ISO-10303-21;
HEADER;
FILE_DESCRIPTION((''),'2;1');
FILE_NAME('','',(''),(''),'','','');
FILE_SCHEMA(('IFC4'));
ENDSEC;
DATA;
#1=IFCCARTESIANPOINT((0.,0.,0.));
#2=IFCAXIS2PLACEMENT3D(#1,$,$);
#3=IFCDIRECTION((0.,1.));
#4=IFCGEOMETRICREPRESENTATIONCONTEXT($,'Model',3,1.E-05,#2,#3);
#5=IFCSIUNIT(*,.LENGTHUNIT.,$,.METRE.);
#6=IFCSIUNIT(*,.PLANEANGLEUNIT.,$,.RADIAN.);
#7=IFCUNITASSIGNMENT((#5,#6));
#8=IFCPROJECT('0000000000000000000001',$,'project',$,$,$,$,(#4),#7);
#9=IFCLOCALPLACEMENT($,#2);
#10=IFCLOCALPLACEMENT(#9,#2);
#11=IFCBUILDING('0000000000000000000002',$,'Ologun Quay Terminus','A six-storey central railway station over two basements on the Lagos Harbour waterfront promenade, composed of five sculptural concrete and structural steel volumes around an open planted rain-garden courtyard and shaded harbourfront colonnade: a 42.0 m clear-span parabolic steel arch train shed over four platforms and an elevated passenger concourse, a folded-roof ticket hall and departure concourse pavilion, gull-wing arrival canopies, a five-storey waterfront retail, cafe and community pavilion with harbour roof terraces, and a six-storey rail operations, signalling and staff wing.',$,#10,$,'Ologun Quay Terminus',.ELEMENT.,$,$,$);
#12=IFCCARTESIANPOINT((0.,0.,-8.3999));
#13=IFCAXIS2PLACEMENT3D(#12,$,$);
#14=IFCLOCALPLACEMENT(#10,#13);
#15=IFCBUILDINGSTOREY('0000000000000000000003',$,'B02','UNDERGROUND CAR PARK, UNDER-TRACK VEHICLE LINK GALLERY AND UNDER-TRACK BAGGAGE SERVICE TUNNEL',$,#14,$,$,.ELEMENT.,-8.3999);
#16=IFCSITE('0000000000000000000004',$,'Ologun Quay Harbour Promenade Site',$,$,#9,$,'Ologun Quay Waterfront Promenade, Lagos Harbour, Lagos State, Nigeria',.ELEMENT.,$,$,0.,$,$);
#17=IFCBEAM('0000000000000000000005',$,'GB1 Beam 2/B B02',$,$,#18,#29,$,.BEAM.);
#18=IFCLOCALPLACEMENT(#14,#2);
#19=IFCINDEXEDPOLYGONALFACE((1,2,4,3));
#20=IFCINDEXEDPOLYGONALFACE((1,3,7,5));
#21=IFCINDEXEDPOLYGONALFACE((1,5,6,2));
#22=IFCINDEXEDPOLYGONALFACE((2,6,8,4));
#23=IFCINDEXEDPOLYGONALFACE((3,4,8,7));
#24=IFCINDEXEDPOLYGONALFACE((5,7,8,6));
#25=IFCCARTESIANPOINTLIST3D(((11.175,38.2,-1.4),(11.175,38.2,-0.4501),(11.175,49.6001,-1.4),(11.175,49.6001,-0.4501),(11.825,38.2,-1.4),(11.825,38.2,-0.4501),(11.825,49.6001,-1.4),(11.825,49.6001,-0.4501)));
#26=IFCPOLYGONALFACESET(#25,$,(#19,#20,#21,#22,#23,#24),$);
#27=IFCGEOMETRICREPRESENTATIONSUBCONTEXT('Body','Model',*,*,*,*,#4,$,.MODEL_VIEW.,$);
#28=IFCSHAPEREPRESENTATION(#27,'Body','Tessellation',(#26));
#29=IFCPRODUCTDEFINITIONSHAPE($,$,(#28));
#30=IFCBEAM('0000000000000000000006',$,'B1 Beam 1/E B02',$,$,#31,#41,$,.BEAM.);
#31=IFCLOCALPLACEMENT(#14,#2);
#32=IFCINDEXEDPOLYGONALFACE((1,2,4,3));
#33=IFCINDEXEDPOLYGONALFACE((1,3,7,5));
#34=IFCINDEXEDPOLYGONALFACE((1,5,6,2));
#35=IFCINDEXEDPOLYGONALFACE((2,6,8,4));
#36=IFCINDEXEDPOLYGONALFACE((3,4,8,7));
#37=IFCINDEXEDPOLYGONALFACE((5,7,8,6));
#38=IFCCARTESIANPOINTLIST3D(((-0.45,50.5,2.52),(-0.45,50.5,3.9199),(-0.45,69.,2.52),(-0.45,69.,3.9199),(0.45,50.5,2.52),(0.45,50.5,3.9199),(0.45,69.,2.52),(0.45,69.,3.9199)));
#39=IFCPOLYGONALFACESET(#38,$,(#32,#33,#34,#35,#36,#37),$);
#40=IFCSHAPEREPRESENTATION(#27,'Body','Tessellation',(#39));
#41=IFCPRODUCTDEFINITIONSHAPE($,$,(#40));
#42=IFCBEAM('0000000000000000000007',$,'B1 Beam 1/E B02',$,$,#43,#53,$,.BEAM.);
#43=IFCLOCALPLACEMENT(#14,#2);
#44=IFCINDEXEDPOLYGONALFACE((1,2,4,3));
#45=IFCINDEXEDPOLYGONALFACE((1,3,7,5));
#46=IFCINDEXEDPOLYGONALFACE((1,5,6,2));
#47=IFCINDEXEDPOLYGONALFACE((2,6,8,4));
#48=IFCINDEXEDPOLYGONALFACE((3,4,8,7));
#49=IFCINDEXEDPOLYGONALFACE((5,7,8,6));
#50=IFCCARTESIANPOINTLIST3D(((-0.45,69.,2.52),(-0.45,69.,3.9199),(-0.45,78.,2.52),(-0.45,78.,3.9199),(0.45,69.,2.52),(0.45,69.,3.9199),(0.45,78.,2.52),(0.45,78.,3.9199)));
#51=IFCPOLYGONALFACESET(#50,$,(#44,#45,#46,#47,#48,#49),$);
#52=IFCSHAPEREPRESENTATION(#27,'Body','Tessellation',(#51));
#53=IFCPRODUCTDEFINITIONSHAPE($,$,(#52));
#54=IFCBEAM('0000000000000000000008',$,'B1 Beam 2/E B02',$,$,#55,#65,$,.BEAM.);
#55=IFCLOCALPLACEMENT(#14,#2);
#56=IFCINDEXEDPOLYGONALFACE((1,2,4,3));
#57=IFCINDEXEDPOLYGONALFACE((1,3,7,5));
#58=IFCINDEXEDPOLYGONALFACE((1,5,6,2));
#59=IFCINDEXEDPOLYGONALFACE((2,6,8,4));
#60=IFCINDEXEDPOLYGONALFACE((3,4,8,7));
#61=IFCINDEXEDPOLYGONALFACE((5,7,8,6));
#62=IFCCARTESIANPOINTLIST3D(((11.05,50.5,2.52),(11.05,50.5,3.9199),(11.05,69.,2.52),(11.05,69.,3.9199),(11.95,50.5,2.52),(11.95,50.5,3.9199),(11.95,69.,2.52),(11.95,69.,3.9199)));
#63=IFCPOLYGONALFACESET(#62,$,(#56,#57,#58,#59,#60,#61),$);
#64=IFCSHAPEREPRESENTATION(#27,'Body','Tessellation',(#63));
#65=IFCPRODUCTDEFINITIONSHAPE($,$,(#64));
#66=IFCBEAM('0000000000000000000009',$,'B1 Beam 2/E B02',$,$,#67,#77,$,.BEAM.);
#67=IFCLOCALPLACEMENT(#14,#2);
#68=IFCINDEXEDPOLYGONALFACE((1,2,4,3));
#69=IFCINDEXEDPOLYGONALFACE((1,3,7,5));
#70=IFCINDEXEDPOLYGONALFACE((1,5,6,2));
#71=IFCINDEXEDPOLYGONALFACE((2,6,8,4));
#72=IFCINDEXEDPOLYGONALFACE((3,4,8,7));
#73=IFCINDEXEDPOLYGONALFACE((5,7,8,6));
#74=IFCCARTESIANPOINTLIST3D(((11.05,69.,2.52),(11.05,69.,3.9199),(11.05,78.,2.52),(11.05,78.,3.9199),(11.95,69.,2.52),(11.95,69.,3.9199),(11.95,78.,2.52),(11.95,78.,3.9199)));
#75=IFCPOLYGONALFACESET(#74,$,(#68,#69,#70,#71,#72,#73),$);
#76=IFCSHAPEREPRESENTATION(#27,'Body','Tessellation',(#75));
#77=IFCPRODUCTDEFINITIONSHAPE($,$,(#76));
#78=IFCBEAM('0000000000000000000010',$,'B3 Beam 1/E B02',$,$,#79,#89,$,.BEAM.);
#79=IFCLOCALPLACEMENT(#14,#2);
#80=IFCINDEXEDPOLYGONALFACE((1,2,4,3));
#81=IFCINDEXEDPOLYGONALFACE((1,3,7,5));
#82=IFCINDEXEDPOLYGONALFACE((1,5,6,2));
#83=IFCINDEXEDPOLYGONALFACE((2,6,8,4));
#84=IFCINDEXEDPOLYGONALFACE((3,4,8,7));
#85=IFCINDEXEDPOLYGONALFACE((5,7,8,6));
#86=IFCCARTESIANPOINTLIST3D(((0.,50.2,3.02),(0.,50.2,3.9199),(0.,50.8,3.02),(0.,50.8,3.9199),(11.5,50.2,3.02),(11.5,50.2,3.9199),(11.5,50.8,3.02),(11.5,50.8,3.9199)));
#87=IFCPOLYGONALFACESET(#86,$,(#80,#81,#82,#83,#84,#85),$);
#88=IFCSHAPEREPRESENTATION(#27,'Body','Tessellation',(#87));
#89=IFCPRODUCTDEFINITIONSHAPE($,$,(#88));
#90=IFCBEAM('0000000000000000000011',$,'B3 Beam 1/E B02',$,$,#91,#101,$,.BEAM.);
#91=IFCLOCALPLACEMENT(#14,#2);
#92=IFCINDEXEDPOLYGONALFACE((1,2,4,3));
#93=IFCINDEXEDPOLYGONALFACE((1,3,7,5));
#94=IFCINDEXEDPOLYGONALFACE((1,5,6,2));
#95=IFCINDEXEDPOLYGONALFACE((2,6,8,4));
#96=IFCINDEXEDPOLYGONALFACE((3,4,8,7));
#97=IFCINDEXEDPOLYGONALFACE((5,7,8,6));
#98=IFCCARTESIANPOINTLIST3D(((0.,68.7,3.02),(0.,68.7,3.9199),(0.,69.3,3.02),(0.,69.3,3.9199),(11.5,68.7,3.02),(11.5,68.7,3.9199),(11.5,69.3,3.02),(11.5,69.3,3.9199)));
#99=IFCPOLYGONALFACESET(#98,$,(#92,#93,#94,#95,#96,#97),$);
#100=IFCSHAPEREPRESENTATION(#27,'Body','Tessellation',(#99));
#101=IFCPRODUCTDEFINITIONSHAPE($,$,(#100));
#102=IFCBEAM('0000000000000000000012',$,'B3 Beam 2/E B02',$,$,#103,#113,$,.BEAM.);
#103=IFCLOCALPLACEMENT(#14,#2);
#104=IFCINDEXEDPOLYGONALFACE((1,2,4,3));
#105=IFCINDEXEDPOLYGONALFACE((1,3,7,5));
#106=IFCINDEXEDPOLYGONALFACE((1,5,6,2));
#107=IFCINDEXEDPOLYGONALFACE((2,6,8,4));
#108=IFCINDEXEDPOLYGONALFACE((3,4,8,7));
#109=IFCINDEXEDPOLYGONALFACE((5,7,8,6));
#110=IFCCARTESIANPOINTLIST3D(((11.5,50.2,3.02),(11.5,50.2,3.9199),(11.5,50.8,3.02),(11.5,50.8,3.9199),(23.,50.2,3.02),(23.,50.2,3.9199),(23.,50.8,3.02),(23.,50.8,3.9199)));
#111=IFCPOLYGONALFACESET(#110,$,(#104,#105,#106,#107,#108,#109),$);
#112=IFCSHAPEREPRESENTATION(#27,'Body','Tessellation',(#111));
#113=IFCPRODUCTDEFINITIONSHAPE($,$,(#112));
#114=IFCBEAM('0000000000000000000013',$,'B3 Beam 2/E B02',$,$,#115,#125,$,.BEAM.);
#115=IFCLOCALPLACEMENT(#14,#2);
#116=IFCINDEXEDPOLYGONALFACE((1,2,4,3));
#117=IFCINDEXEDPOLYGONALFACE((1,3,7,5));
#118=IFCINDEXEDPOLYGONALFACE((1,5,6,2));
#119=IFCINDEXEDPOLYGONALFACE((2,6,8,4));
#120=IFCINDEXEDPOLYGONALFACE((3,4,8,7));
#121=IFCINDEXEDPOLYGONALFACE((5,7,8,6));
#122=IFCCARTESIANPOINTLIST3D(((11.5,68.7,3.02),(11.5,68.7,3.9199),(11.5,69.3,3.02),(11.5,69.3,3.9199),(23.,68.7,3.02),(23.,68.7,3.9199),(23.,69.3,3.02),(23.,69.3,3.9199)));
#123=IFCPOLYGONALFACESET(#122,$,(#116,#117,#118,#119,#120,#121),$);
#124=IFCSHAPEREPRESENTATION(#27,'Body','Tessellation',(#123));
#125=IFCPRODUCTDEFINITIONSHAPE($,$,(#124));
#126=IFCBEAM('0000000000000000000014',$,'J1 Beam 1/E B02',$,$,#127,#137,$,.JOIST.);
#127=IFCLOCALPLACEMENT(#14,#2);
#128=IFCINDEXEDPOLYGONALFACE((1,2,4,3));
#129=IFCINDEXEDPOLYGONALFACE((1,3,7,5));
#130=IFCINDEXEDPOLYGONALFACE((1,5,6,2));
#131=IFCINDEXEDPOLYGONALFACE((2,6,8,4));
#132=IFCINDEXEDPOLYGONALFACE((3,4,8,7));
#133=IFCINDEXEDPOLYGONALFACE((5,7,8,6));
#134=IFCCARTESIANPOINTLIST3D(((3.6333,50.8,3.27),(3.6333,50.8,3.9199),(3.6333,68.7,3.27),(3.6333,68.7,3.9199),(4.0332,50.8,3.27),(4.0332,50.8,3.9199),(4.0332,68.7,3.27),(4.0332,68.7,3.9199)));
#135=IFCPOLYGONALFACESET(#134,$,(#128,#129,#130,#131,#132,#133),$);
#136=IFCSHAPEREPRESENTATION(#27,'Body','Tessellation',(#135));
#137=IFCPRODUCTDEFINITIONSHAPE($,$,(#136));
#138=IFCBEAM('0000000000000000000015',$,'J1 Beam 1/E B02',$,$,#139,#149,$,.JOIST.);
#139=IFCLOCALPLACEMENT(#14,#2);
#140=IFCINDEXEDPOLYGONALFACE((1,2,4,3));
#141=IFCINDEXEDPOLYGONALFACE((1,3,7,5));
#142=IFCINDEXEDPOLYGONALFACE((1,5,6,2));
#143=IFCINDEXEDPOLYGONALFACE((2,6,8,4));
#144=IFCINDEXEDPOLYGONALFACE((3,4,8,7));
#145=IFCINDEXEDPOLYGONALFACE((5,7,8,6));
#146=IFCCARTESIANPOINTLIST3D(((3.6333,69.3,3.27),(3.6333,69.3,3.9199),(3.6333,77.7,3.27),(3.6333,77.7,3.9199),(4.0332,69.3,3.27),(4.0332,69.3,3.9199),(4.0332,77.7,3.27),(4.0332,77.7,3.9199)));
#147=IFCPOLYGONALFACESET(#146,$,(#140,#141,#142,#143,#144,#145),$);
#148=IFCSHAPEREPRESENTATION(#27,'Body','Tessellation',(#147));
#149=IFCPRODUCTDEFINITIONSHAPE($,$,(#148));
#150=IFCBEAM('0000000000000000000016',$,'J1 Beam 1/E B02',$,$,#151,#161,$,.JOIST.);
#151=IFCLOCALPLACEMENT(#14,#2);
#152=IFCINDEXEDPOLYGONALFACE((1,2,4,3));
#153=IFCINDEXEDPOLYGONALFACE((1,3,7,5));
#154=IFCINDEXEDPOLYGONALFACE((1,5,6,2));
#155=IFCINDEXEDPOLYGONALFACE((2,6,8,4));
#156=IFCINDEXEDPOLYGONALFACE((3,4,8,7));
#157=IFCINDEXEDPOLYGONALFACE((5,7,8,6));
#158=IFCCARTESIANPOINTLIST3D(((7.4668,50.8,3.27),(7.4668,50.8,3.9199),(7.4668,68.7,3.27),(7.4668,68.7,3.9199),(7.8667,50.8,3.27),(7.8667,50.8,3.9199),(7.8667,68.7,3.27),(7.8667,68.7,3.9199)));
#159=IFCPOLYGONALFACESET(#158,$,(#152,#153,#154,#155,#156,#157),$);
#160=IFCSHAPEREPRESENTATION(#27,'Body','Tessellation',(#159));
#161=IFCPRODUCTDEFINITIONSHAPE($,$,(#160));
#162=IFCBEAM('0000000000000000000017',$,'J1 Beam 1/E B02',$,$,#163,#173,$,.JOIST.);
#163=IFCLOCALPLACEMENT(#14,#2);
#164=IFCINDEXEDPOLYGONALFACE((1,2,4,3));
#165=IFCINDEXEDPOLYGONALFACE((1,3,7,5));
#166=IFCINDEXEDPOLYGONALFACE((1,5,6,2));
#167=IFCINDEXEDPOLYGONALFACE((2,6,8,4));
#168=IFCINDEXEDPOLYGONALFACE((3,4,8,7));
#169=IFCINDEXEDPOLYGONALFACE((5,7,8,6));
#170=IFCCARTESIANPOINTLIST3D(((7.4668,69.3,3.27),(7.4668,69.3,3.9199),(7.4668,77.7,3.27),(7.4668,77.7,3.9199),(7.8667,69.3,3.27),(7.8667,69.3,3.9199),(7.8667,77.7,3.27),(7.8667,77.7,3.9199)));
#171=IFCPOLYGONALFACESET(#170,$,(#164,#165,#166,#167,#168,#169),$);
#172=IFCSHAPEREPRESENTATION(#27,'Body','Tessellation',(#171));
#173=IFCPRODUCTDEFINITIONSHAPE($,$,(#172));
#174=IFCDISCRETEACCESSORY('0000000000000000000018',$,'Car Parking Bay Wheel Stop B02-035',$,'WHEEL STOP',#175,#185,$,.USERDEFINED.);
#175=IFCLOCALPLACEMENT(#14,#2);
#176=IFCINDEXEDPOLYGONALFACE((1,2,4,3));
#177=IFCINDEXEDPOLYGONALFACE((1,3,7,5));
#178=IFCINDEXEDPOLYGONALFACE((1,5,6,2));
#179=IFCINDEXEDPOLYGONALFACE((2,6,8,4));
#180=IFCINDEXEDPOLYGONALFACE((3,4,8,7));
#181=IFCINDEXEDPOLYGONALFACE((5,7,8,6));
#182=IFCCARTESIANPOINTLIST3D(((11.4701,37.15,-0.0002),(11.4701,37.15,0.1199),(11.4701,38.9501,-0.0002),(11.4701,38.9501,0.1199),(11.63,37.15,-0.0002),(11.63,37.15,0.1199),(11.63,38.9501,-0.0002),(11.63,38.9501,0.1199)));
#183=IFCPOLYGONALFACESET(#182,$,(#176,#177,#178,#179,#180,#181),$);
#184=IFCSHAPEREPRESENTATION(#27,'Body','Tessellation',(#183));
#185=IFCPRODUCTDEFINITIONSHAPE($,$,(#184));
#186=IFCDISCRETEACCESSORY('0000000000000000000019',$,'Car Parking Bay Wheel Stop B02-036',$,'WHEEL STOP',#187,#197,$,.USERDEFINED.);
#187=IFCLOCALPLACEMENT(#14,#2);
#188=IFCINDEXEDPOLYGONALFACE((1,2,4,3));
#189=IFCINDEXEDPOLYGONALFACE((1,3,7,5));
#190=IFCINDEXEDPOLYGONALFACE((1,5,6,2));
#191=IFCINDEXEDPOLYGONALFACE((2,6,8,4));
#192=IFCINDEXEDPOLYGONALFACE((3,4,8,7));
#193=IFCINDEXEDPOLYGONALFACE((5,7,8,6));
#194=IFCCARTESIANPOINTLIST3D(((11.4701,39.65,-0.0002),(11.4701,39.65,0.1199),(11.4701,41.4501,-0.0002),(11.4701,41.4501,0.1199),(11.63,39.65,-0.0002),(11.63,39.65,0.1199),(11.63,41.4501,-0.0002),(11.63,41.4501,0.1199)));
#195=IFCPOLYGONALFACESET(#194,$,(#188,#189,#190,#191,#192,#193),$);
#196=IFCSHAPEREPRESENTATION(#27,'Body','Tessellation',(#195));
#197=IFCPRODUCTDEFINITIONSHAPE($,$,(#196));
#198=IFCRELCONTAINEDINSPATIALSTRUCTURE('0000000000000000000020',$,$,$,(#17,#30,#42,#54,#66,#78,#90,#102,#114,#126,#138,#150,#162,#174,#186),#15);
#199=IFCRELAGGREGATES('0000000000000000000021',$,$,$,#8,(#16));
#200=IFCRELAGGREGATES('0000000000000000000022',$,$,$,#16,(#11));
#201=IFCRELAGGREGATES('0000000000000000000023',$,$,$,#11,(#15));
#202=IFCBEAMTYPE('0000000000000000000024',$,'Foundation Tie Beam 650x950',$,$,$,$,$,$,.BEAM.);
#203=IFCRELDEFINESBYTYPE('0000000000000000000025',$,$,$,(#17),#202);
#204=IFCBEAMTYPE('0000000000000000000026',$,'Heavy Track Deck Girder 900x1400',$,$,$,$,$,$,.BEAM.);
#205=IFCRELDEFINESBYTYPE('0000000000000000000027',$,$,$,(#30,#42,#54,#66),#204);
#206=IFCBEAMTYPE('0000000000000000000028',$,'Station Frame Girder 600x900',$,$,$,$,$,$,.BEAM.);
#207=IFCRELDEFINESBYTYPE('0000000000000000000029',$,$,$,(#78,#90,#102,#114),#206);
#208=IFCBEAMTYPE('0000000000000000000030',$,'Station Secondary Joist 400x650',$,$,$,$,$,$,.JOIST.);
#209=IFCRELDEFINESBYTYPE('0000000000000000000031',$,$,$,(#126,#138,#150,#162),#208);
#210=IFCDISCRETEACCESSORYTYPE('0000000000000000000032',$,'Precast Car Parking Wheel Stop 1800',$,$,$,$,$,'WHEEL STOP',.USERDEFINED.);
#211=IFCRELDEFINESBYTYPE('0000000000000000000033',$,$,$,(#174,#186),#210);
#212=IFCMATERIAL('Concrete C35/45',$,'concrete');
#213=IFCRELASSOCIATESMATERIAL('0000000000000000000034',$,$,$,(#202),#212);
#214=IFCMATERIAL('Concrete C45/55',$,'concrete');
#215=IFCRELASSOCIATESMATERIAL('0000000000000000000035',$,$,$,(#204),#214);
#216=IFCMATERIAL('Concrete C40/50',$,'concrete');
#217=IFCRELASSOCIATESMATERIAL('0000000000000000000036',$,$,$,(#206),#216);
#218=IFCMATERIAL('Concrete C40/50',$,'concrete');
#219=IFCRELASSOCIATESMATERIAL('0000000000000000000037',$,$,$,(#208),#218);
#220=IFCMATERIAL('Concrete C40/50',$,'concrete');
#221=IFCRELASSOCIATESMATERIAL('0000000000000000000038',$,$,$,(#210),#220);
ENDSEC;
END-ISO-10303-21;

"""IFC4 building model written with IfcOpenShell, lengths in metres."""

from ifc_helpers import new_model, si_unit, direction, frame, origin, origin_2d, place, context, subcontext, project, spatial, rectangle, extrude, material, material_profile, profile_set, type_object, element, save


model = new_model("IFC4")

# Units and contexts
model_context = context("Model", 3, precision=1e-05, world=origin(), true_north=direction((0.0, 1.0)))
body_context = subcontext(model_context, "Body", "Model", "MODEL_VIEW")
ifc_project = project(units=[si_unit("LENGTHUNIT", "METRE"), si_unit("PLANEANGLEUNIT", "RADIAN")], contexts=[model_context])

# Site, building, storey
site_placement = place(None, origin())
site = spatial("IfcSite", under=ifc_project, at=site_placement, Name="Ologun Quay Harbour Promenade Site", LongName="Ologun Quay Waterfront Promenade, Lagos Harbour, Lagos State, Nigeria", CompositionType="ELEMENT", RefElevation=0.0)
building_placement = place(site_placement, origin())
building = spatial("IfcBuilding", under=site, at=building_placement, Name="Ologun Quay Terminus", Description="A six-storey central railway station over two basements on the Lagos Harbour waterfront promenade, composed of five sculptural concrete and structural steel volumes around an open planted rain-garden courtyard and shaded harbourfront colonnade: a 42.0 m clear-span parabolic steel arch train shed over four platforms and an elevated passenger concourse, a folded-roof ticket hall and departure concourse pavilion, gull-wing arrival canopies, a five-storey waterfront retail, cafe and community pavilion with harbour roof terraces, and a six-storey rail operations, signalling and staff wing.", LongName="Ologun Quay Terminus", CompositionType="ELEMENT")
storey_placement = place(building_placement, frame((0.0, 0.0, -8.3999)))
storey = spatial("IfcBuildingStorey", under=building, at=storey_placement, Name="B02", Description="UNDERGROUND CAR PARK, UNDER-TRACK VEHICLE LINK GALLERY AND UNDER-TRACK BAGGAGE SERVICE TUNNEL", CompositionType="ELEMENT", Elevation=-8.3999)

# Beams
ifc_material_1 = material(Name="Concrete C35/45", Category="concrete")
ifc_material_profile_1 = material_profile(ifc_material_1, rectangle(XDim=0.6499, YDim=0.95, at=origin_2d()), Name="RC 650x950")
ifc_profile_set_1 = profile_set([ifc_material_profile_1], Name="Concrete C35/45")
beam_type_1 = type_object("IfcBeamType", Name="Foundation Tie Beam 650x950", PredefinedType="BEAM", material=ifc_profile_set_1)
for number, where, z_axis, x_axis, name in (
    (1, (11.5, 38.2, -0.925), (0.0, 1.0, 0.0), (-1.0, 0.0, 0.0), "GB1 Beam 2/B B02"),
):
    element("IfcBeam", number, at=place(storey_placement, frame(where, z_axis=z_axis, x_axis=x_axis)), inside=storey, type_object=beam_type_1, Name=name, PredefinedType="BEAM", context=body_context, shape_type="SweptSolid", body=[
        extrude(rectangle(XDim=0.6499, YDim=0.95, at=origin_2d()), origin(), (0.0, 0.0, 1.0), 11.4001),
    ])
ifc_material_2 = material(Name="Concrete C45/55", Category="concrete")
ifc_material_profile_2 = material_profile(ifc_material_2, rectangle(XDim=0.8999, YDim=1.3999, at=origin_2d()), Name="RC 900x1400")
ifc_profile_set_2 = profile_set([ifc_material_profile_2], Name="Concrete C45/55")
beam_type_2 = type_object("IfcBeamType", Name="Heavy Track Deck Girder 900x1400", PredefinedType="BEAM", material=ifc_profile_set_2)
beam_1_placement = place(storey_placement, frame((0.0, 50.5, 3.22), z_axis=(0.0, 1.0, 0.0), x_axis=(-1.0, 0.0, 0.0)))
element("IfcBeam", 2, at=beam_1_placement, inside=storey, type_object=beam_type_2, Name="B1 Beam 1/E B02", PredefinedType="BEAM", context=body_context, shape_type="SweptSolid", body=[
    extrude(rectangle(XDim=0.8999, YDim=1.3999, at=origin_2d()), origin(), (0.0, 0.0, 1.0), 18.5),
])
beam_2_placement = place(storey_placement, frame((0.0, 69.0, 3.22), z_axis=(0.0, 1.0, 0.0), x_axis=(-1.0, 0.0, 0.0)))
element("IfcBeam", 3, at=beam_2_placement, inside=storey, type_object=beam_type_2, Name="B1 Beam 1/E B02", PredefinedType="BEAM", context=body_context, shape_type="SweptSolid", body=[
    extrude(rectangle(XDim=0.8999, YDim=1.3999, at=origin_2d()), origin(), (0.0, 0.0, 1.0), 9.0),
])
beam_3_placement = place(storey_placement, frame((11.5, 50.5, 3.22), z_axis=(0.0, 1.0, 0.0), x_axis=(-1.0, 0.0, 0.0)))
element("IfcBeam", 4, at=beam_3_placement, inside=storey, type_object=beam_type_2, Name="B1 Beam 2/E B02", PredefinedType="BEAM", context=body_context, shape_type="SweptSolid", body=[
    extrude(rectangle(XDim=0.8999, YDim=1.3999, at=origin_2d()), origin(), (0.0, 0.0, 1.0), 18.5),
])
beam_4_placement = place(storey_placement, frame((11.5, 69.0, 3.22), z_axis=(0.0, 1.0, 0.0), x_axis=(-1.0, 0.0, 0.0)))
element("IfcBeam", 5, at=beam_4_placement, inside=storey, type_object=beam_type_2, Name="B1 Beam 2/E B02", PredefinedType="BEAM", context=body_context, shape_type="SweptSolid", body=[
    extrude(rectangle(XDim=0.8999, YDim=1.3999, at=origin_2d()), origin(), (0.0, 0.0, 1.0), 9.0),
])
ifc_material_3 = material(Name="Concrete C40/50", Category="concrete")
ifc_material_profile_3 = material_profile(ifc_material_3, rectangle(XDim=0.6001, YDim=0.8999, at=origin_2d()), Name="RC 600x900")
ifc_profile_set_3 = profile_set([ifc_material_profile_3], Name="Concrete C40/50")
beam_type_3 = type_object("IfcBeamType", Name="Station Frame Girder 600x900", PredefinedType="BEAM", material=ifc_profile_set_3)
for number, where, z_axis, x_axis, name in (
    (6, (0.0, 50.5, 3.47), (1.0, 0.0, 0.0), (0.0, 1.0, 0.0), "B3 Beam 1/E B02"),
    (7, (0.0, 69.0, 3.47), (1.0, 0.0, 0.0), (0.0, 1.0, 0.0), "B3 Beam 1/E B02"),
    (8, (11.5, 50.5, 3.47), (1.0, 0.0, 0.0), (0.0, 1.0, 0.0), "B3 Beam 2/E B02"),
    (9, (11.5, 69.0, 3.47), (1.0, 0.0, 0.0), (0.0, 1.0, 0.0), "B3 Beam 2/E B02"),
):
    element("IfcBeam", number, at=place(storey_placement, frame(where, z_axis=z_axis, x_axis=x_axis)), inside=storey, type_object=beam_type_3, Name=name, PredefinedType="BEAM", context=body_context, shape_type="SweptSolid", body=[
        extrude(rectangle(XDim=0.6001, YDim=0.8999, at=origin_2d()), origin(), (0.0, 0.0, 1.0), 11.5),
    ])
ifc_material_4 = material(Name="Concrete C40/50", Category="concrete")
ifc_material_profile_4 = material_profile(ifc_material_4, rectangle(XDim=0.3999, YDim=0.6499, at=origin_2d()), Name="RC 400x650")
ifc_profile_set_4 = profile_set([ifc_material_profile_4], Name="Concrete C40/50")
beam_type_4 = type_object("IfcBeamType", Name="Station Secondary Joist 400x650", PredefinedType="JOIST", material=ifc_profile_set_4)
beam_5_placement = place(storey_placement, frame((3.8333, 50.8, 3.595), z_axis=(0.0, 1.0, 0.0), x_axis=(-1.0, 0.0, 0.0)))
element("IfcBeam", 10, at=beam_5_placement, inside=storey, type_object=beam_type_4, Name="J1 Beam 1/E B02", PredefinedType="JOIST", context=body_context, shape_type="SweptSolid", body=[
    extrude(rectangle(XDim=0.3999, YDim=0.6499, at=origin_2d()), origin(), (0.0, 0.0, 1.0), 17.8999),
])
beam_6_placement = place(storey_placement, frame((3.8333, 69.3, 3.595), z_axis=(0.0, 1.0, 0.0), x_axis=(-1.0, 0.0, 0.0)))
element("IfcBeam", 11, at=beam_6_placement, inside=storey, type_object=beam_type_4, Name="J1 Beam 1/E B02", PredefinedType="JOIST", context=body_context, shape_type="SweptSolid", body=[
    extrude(rectangle(XDim=0.3999, YDim=0.6499, at=origin_2d()), origin(), (0.0, 0.0, 1.0), 8.3999),
])
beam_7_placement = place(storey_placement, frame((7.6667, 50.8, 3.595), z_axis=(0.0, 1.0, 0.0), x_axis=(-1.0, 0.0, 0.0)))
element("IfcBeam", 12, at=beam_7_placement, inside=storey, type_object=beam_type_4, Name="J1 Beam 1/E B02", PredefinedType="JOIST", context=body_context, shape_type="SweptSolid", body=[
    extrude(rectangle(XDim=0.3999, YDim=0.6499, at=origin_2d()), origin(), (0.0, 0.0, 1.0), 17.8999),
])
beam_8_placement = place(storey_placement, frame((7.6667, 69.3, 3.595), z_axis=(0.0, 1.0, 0.0), x_axis=(-1.0, 0.0, 0.0)))
element("IfcBeam", 13, at=beam_8_placement, inside=storey, type_object=beam_type_4, Name="J1 Beam 1/E B02", PredefinedType="JOIST", context=body_context, shape_type="SweptSolid", body=[
    extrude(rectangle(XDim=0.3999, YDim=0.6499, at=origin_2d()), origin(), (0.0, 0.0, 1.0), 8.3999),
])

# Discrete accessories
ifc_material_5 = material(Name="Concrete C40/50", Category="concrete")
discrete_accessory_type = type_object("IfcDiscreteAccessoryType", Name="Precast Car Parking Wheel Stop 1800", ElementType="WHEEL STOP", PredefinedType="USERDEFINED", material=ifc_material_5)
for number, where, z_axis, x_axis, name in (
    (14, (11.55, 38.05, -0.0002), (0.0, 0.0, 1.0), (0.0, 1.0, 0.0), "Car Parking Bay Wheel Stop B02-035"),
    (15, (11.55, 40.55, -0.0002), (0.0, 0.0, 1.0), (0.0, 1.0, 0.0), "Car Parking Bay Wheel Stop B02-036"),
):
    element("IfcDiscreteAccessory", number, at=place(storey_placement, frame(where, z_axis=z_axis, x_axis=x_axis)), inside=storey, type_object=discrete_accessory_type, Name=name, ObjectType="WHEEL STOP", PredefinedType="USERDEFINED", context=body_context, shape_type="SweptSolid", body=[
        extrude(rectangle(XDim=1.8, YDim=0.1599, at=origin_2d()), origin(), (0.0, 0.0, 1.0), 0.1201),
    ])

save(model, "model.ifc")
